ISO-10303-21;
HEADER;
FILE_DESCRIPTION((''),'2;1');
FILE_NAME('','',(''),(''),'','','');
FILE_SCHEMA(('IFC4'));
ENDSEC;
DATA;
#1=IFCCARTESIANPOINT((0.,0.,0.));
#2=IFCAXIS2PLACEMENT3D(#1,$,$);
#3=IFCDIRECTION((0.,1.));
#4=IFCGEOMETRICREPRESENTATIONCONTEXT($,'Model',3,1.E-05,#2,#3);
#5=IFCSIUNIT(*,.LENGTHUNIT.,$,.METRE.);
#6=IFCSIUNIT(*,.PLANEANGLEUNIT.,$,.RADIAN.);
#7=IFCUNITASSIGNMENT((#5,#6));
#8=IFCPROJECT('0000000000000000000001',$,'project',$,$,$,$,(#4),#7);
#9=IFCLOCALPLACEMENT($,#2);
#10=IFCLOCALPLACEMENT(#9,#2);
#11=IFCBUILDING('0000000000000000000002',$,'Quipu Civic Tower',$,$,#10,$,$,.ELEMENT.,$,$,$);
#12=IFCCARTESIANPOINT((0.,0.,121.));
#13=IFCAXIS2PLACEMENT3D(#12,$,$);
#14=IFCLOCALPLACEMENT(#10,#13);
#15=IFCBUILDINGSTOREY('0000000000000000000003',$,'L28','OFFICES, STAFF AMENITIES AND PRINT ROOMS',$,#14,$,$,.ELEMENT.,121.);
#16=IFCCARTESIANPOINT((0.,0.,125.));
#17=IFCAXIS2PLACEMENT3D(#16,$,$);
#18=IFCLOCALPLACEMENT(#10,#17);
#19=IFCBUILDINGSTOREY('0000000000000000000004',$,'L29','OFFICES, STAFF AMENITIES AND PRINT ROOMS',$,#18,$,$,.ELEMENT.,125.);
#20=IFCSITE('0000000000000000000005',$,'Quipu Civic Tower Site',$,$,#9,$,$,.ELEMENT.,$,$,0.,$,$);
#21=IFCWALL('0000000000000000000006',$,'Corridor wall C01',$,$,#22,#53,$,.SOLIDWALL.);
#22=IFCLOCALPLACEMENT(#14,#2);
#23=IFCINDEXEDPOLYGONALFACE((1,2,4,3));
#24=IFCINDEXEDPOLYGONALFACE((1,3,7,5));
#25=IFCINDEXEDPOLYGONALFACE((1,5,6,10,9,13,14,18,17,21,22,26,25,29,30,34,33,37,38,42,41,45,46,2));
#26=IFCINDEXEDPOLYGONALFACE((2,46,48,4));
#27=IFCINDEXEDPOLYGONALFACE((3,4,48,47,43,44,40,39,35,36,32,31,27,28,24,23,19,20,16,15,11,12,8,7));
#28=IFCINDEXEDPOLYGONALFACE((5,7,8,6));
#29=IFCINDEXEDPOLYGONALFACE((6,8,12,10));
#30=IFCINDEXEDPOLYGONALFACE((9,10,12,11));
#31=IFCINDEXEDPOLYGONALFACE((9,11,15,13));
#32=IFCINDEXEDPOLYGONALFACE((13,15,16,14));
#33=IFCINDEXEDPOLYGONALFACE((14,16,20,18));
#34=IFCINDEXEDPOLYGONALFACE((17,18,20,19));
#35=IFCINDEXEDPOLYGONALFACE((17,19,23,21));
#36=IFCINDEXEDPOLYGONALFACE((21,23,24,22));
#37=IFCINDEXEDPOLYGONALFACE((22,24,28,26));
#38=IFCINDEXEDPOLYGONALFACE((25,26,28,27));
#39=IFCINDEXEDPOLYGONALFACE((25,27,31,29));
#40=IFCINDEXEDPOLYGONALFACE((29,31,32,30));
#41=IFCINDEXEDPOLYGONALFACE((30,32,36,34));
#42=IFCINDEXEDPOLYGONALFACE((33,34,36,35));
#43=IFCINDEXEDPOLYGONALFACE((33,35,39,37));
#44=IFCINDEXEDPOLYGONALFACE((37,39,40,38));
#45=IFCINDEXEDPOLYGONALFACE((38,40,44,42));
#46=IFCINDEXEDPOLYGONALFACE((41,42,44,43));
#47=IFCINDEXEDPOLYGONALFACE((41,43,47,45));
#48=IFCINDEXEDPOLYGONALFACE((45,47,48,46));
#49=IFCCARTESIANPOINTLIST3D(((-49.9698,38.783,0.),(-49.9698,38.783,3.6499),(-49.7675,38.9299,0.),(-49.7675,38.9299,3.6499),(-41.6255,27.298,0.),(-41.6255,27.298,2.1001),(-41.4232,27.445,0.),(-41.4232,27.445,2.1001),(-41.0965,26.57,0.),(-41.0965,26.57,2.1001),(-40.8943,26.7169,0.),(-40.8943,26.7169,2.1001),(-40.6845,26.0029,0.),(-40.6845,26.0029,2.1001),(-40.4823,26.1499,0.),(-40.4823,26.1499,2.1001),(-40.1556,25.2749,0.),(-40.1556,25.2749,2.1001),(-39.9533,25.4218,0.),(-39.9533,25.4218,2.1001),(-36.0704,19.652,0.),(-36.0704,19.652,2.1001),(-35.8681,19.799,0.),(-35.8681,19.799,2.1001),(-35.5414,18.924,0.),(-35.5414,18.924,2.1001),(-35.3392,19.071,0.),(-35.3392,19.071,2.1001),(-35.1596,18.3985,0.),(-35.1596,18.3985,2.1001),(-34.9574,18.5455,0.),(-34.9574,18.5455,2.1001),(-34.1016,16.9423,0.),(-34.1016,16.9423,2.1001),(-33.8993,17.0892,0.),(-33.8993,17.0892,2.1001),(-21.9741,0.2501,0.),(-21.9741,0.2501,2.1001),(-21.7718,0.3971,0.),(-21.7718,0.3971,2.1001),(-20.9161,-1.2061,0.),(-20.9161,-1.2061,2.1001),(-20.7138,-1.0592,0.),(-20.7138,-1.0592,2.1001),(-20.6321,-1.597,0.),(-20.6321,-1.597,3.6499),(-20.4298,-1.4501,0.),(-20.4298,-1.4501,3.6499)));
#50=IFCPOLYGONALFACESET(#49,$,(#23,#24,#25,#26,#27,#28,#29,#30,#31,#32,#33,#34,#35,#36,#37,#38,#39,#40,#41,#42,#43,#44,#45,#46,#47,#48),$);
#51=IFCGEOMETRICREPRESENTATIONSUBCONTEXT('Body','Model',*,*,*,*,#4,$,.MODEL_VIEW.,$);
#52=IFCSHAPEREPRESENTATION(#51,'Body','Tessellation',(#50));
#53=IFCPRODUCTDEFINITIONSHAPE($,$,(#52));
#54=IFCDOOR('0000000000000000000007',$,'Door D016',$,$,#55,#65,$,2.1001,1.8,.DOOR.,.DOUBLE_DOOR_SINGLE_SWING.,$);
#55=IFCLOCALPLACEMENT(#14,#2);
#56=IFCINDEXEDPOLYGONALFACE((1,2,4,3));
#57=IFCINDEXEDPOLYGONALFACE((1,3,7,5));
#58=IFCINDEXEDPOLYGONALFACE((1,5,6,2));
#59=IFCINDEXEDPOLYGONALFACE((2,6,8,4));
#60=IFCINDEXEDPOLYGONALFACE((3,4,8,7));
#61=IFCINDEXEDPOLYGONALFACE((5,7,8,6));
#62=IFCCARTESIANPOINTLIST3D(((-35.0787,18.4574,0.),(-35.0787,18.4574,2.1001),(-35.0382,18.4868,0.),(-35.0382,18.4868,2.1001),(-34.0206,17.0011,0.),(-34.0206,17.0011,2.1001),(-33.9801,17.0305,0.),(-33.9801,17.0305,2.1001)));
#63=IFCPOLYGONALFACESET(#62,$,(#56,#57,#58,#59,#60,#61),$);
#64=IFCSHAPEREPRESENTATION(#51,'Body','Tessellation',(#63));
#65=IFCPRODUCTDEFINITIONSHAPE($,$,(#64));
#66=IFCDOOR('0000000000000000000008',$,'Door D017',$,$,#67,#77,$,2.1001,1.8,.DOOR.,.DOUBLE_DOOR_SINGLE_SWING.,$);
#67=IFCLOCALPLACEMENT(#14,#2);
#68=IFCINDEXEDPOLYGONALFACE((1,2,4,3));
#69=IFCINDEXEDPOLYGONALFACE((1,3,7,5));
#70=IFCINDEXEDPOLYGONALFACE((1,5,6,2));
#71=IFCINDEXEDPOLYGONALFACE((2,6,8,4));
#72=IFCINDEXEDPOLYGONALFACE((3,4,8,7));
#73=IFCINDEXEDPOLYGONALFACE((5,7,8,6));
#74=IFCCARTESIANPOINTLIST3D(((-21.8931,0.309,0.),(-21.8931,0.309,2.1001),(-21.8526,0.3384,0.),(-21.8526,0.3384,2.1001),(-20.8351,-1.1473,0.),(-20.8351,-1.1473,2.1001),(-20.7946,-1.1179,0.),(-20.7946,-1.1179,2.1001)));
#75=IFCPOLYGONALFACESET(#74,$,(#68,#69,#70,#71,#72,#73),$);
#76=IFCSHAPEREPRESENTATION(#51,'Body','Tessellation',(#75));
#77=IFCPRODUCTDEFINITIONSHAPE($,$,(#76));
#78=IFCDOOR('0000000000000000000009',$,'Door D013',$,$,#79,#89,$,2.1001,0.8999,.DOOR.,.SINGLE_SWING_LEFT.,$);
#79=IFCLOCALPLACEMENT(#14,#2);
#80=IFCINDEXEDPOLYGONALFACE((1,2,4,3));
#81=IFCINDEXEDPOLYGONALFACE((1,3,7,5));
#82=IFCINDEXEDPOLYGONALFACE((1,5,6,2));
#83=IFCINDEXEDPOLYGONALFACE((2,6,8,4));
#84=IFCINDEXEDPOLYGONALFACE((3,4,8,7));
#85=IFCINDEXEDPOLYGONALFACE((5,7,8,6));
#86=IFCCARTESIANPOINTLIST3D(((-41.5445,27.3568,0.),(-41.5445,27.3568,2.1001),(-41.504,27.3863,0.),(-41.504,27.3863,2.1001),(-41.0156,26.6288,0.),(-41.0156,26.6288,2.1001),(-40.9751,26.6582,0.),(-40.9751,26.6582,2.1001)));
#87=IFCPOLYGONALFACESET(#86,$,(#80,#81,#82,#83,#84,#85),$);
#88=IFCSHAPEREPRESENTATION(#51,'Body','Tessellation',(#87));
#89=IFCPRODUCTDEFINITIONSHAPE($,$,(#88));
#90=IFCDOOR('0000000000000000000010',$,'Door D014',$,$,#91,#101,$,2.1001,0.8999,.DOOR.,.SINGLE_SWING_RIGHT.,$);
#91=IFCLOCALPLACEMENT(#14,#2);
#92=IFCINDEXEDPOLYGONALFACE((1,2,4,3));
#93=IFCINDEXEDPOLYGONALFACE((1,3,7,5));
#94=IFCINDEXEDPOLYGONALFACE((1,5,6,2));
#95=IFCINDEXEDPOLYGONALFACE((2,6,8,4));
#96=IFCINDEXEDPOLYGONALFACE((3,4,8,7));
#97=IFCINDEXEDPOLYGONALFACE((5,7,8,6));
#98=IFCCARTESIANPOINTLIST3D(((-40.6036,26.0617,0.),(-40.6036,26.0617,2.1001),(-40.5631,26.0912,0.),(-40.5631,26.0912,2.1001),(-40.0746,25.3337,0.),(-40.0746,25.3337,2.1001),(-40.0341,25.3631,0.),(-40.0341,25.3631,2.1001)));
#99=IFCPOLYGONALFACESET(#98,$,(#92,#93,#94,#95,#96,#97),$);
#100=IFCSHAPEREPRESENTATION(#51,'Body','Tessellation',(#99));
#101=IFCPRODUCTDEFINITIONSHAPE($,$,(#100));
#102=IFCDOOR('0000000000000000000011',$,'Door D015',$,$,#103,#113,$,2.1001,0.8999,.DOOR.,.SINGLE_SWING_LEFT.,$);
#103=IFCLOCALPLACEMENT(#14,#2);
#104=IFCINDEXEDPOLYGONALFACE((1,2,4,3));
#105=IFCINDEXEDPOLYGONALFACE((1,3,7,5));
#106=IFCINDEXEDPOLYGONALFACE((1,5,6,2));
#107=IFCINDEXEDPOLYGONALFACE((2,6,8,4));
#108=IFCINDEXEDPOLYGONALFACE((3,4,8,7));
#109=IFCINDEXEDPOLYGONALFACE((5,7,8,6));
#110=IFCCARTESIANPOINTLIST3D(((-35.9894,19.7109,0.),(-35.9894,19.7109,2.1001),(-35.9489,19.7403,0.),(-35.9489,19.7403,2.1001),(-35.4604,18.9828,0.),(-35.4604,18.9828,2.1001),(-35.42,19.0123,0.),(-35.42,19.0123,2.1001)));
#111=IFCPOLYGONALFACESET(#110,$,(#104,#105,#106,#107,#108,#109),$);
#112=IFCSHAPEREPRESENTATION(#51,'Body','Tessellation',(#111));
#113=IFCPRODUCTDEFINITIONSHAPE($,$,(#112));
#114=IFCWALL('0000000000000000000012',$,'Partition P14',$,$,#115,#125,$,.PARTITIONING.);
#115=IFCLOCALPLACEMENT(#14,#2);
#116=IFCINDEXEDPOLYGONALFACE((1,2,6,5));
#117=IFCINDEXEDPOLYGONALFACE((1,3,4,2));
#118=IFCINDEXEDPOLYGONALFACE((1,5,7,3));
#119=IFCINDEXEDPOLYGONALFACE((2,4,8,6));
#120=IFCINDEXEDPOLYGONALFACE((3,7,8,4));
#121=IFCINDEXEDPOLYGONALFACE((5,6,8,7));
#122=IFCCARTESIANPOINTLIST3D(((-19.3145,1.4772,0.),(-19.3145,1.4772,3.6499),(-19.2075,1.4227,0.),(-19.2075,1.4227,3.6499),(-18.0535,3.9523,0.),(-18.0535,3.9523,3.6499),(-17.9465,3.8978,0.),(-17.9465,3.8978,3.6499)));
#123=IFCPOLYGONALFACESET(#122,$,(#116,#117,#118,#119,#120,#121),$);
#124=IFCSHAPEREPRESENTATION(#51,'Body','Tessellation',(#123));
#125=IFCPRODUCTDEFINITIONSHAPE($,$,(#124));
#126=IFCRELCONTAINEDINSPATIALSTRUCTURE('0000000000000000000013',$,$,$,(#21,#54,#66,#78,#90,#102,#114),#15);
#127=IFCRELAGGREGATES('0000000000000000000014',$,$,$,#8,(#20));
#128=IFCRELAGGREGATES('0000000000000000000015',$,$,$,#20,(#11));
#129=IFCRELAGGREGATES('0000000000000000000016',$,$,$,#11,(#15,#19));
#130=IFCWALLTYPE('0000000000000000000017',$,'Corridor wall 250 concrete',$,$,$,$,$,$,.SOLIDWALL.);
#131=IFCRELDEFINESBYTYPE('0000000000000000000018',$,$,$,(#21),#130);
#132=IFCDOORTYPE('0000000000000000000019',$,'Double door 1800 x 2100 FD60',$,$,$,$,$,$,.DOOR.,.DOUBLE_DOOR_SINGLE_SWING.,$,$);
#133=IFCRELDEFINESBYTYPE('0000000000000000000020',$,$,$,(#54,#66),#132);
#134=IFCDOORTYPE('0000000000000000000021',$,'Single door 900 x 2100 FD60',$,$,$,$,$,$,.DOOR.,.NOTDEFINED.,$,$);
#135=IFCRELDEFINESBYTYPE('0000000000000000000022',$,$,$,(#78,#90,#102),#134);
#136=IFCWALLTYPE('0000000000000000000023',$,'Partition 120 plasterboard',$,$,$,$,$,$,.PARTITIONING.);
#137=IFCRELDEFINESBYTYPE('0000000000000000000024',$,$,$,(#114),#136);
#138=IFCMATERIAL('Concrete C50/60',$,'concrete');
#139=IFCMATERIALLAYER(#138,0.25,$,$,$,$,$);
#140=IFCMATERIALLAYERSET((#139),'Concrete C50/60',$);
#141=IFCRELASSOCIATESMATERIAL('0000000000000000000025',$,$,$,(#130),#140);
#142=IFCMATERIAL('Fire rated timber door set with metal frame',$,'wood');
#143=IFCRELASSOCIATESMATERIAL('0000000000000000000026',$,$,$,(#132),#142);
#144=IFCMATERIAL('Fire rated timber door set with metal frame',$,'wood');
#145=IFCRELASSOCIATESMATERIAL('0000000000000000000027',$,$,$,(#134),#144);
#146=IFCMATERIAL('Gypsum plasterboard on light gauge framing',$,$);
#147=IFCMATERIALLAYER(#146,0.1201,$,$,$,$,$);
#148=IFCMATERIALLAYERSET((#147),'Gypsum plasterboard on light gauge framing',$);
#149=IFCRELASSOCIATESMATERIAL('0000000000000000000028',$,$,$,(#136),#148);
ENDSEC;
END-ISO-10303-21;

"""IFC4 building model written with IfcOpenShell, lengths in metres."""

from ifc_helpers import new_model, si_unit, direction, frame, frame_2d, origin, place, context, subcontext, project, spatial, rectangle, extrude, material, layer, layer_set, type_object, element, fill, save


model = new_model("IFC4")

# Units and contexts
model_context = context("Model", 3, precision=1e-05, world=origin(), true_north=direction((0.0, 1.0)))
body_context = subcontext(model_context, "Body", "Model", "MODEL_VIEW")
ifc_project = project(units=[si_unit("LENGTHUNIT", "METRE"), si_unit("PLANEANGLEUNIT", "RADIAN")], contexts=[model_context])

# Site, building, storey
site_placement = place(None, origin())
site = spatial("IfcSite", under=ifc_project, at=site_placement, Name="Quipu Civic Tower Site", CompositionType="ELEMENT", RefElevation=0.0)
building_placement = place(site_placement, origin())
building = spatial("IfcBuilding", under=site, at=building_placement, Name="Quipu Civic Tower", CompositionType="ELEMENT")
storey_1_placement = place(building_placement, frame((0.0, 0.0, 121.0)))
storey_1 = spatial("IfcBuildingStorey", under=building, at=storey_1_placement, Name="L28", Description="OFFICES, STAFF AMENITIES AND PRINT ROOMS", CompositionType="ELEMENT", Elevation=121.0)

# Shared definitions
storey_2_placement = place(building_placement, frame((0.0, 0.0, 125.0)))
storey_2 = spatial("IfcBuildingStorey", under=building, at=storey_2_placement, Name="L29", Description="OFFICES, STAFF AMENITIES AND PRINT ROOMS", CompositionType="ELEMENT", Elevation=125.0)

# Wall, openings, doors
ifc_material_1 = material(Name="Concrete C50/60", Category="concrete")
ifc_layer_1 = layer(ifc_material_1, 0.25)
ifc_layer_set_1 = layer_set([ifc_layer_1], Name="Concrete C50/60")
wall_type_1 = type_object("IfcWallType", Name="Corridor wall 250 concrete", PredefinedType="SOLIDWALL", material=ifc_layer_set_1)
wall_1_placement = place(storey_1_placement, frame((-20.531, -1.5234, 0.0), z_axis=(0.0, 0.0, 1.0), x_axis=(-0.587785, 0.809018, 0.0)))
wall_1 = element("IfcWall", 1, at=wall_1_placement, inside=storey_1, type_object=wall_type_1, Name="Corridor wall C01", PredefinedType="SOLIDWALL", context=body_context, shape_type="SweptSolid", body=[
    extrude(rectangle(XDim=49.9124, YDim=0.25, at=frame_2d((24.9561, 0.0))), origin(), (0.0, 0.0, 1.0), 3.6499),
])
opening_1_placement = place(wall_1_placement, frame((34.8162, 0.0, 0.0)))
opening_1 = element("IfcOpeningElement", 2, at=opening_1_placement, cuts=wall_1, PredefinedType="OPENING", context=body_context, shape_type="SweptSolid", body=[
    extrude(rectangle(XDim=0.8999, YDim=2.1001, at=frame_2d((0.45, 1.05))), frame((0.0, 0.135, 0.0), z_axis=(0.0, -1.0, 0.0), x_axis=(1.0, 0.0, 0.0)), (0.0, 0.0, 1.0), 0.27),
])
opening_2_placement = place(wall_1_placement, frame((33.2153, 0.0, 0.0)))
opening_2 = element("IfcOpeningElement", 3, at=opening_2_placement, cuts=wall_1, PredefinedType="OPENING", context=body_context, shape_type="SweptSolid", body=[
    extrude(rectangle(XDim=0.8999, YDim=2.1001, at=frame_2d((0.45, 1.05))), frame((0.0, 0.135, 0.0), z_axis=(0.0, -1.0, 0.0), x_axis=(1.0, 0.0, 0.0)), (0.0, 0.0, 1.0), 0.27),
])
opening_3_placement = place(wall_1_placement, frame((22.9158, 0.0, 0.0)))
opening_3 = element("IfcOpeningElement", 4, at=opening_3_placement, cuts=wall_1, PredefinedType="OPENING", context=body_context, shape_type="SweptSolid", body=[
    extrude(rectangle(XDim=1.8, YDim=2.1001, at=frame_2d((0.8999, 1.05))), frame((0.0, 0.135, 0.0), z_axis=(0.0, -1.0, 0.0), x_axis=(1.0, 0.0, 0.0)), (0.0, 0.0, 1.0), 0.27),
])
opening_4_placement = place(wall_1_placement, frame((0.4832, 0.0, 0.0)))
opening_4 = element("IfcOpeningElement", 5, at=opening_4_placement, cuts=wall_1, PredefinedType="OPENING", context=body_context, shape_type="SweptSolid", body=[
    extrude(rectangle(XDim=1.8, YDim=2.1001, at=frame_2d((0.8999, 1.05))), frame((0.0, 0.135, 0.0), z_axis=(0.0, -1.0, 0.0), x_axis=(1.0, 0.0, 0.0)), (0.0, 0.0, 1.0), 0.27),
])
opening_5_placement = place(wall_1_placement, frame((25.3652, 0.0, 0.0)))
opening_5 = element("IfcOpeningElement", 6, at=opening_5_placement, cuts=wall_1, PredefinedType="OPENING", context=body_context, shape_type="SweptSolid", body=[
    extrude(rectangle(XDim=0.8999, YDim=2.1001, at=frame_2d((0.45, 1.05))), frame((0.0, 0.135, 0.0), z_axis=(0.0, -1.0, 0.0), x_axis=(1.0, 0.0, 0.0)), (0.0, 0.0, 1.0), 0.27),
])
ifc_material_2 = material(Name="Fire rated timber door set with metal frame", Category="wood")
door_type_1 = type_object("IfcDoorType", Name="Double door 1800 x 2100 FD60", OperationType="DOUBLE_DOOR_SINGLE_SWING", PredefinedType="DOOR", material=ifc_material_2)
door_1_placement = place(opening_3_placement, origin())
door_1 = element("IfcDoor", 7, at=door_1_placement, inside=storey_1, type_object=door_type_1, Name="Door D016", OperationType="DOUBLE_DOOR_SINGLE_SWING", OverallHeight=2.1001, OverallWidth=1.8, PredefinedType="DOOR", context=body_context, shape_type="SweptSolid", body=[
    extrude(rectangle(XDim=1.8, YDim=2.1001, at=frame_2d((0.8999, 1.05))), frame((0.0, 0.0249, 0.0), z_axis=(0.0, -1.0, 0.0), x_axis=(1.0, 0.0, 0.0)), (0.0, 0.0, 1.0), 0.05),
])
fill(opening_3, door_1)
door_2_placement = place(opening_4_placement, origin())
door_2 = element("IfcDoor", 8, at=door_2_placement, inside=storey_1, type_object=door_type_1, Name="Door D017", OperationType="DOUBLE_DOOR_SINGLE_SWING", OverallHeight=2.1001, OverallWidth=1.8, PredefinedType="DOOR", context=body_context, shape_type="SweptSolid", body=[
    extrude(rectangle(XDim=1.8, YDim=2.1001, at=frame_2d((0.8999, 1.05))), frame((0.0, 0.0249, 0.0), z_axis=(0.0, -1.0, 0.0), x_axis=(1.0, 0.0, 0.0)), (0.0, 0.0, 1.0), 0.05),
])
fill(opening_4, door_2)
ifc_material_3 = material(Name="Fire rated timber door set with metal frame", Category="wood")
door_type_2 = type_object("IfcDoorType", Name="Single door 900 x 2100 FD60", OperationType="NOTDEFINED", PredefinedType="DOOR", material=ifc_material_3)
door_3_placement = place(opening_1_placement, origin())
door_3 = element("IfcDoor", 9, at=door_3_placement, inside=storey_1, type_object=door_type_2, Name="Door D013", OperationType="SINGLE_SWING_LEFT", OverallHeight=2.1001, OverallWidth=0.8999, PredefinedType="DOOR", context=body_context, shape_type="SweptSolid", body=[
    extrude(rectangle(XDim=0.8999, YDim=2.1001, at=frame_2d((0.45, 1.05))), frame((0.0, 0.0249, 0.0), z_axis=(0.0, -1.0, 0.0), x_axis=(1.0, 0.0, 0.0)), (0.0, 0.0, 1.0), 0.05),
])
fill(opening_1, door_3)
door_4_placement = place(opening_2_placement, origin())
door_4 = element("IfcDoor", 10, at=door_4_placement, inside=storey_1, type_object=door_type_2, Name="Door D014", OperationType="SINGLE_SWING_RIGHT", OverallHeight=2.1001, OverallWidth=0.8999, PredefinedType="DOOR", context=body_context, shape_type="SweptSolid", body=[
    extrude(rectangle(XDim=0.8999, YDim=2.1001, at=frame_2d((0.45, 1.05))), frame((0.0, 0.0249, 0.0), z_axis=(0.0, -1.0, 0.0), x_axis=(1.0, 0.0, 0.0)), (0.0, 0.0, 1.0), 0.05),
])
fill(opening_2, door_4)
door_5_placement = place(opening_5_placement, origin())
door_5 = element("IfcDoor", 11, at=door_5_placement, inside=storey_1, type_object=door_type_2, Name="Door D015", OperationType="SINGLE_SWING_LEFT", OverallHeight=2.1001, OverallWidth=0.8999, PredefinedType="DOOR", context=body_context, shape_type="SweptSolid", body=[
    extrude(rectangle(XDim=0.8999, YDim=2.1001, at=frame_2d((0.45, 1.05))), frame((0.0, 0.0249, 0.0), z_axis=(0.0, -1.0, 0.0), x_axis=(1.0, 0.0, 0.0)), (0.0, 0.0, 1.0), 0.05),
])
fill(opening_5, door_5)

# Wall
ifc_material_4 = material(Name="Gypsum plasterboard on light gauge framing")
ifc_layer_2 = layer(ifc_material_4, 0.1201)
ifc_layer_set_2 = layer_set([ifc_layer_2], Name="Gypsum plasterboard on light gauge framing")
wall_type_2 = type_object("IfcWallType", Name="Partition 120 plasterboard", PredefinedType="PARTITIONING", material=ifc_layer_set_2)
wall_2_placement = place(storey_1_placement, frame((-19.261, 1.45, 0.0), z_axis=(0.0, 0.0, 1.0), x_axis=(0.453951, 0.891027, 0.0)))
element("IfcWall", 12, at=wall_2_placement, inside=storey_1, type_object=wall_type_2, Name="Partition P14", PredefinedType="PARTITIONING", context=body_context, shape_type="SweptSolid", body=[
    extrude(rectangle(XDim=2.7778, YDim=0.1201, at=frame_2d((1.3889, 0.0))), origin(), (0.0, 0.0, 1.0), 3.6499),
])

save(model, "model.ifc")
